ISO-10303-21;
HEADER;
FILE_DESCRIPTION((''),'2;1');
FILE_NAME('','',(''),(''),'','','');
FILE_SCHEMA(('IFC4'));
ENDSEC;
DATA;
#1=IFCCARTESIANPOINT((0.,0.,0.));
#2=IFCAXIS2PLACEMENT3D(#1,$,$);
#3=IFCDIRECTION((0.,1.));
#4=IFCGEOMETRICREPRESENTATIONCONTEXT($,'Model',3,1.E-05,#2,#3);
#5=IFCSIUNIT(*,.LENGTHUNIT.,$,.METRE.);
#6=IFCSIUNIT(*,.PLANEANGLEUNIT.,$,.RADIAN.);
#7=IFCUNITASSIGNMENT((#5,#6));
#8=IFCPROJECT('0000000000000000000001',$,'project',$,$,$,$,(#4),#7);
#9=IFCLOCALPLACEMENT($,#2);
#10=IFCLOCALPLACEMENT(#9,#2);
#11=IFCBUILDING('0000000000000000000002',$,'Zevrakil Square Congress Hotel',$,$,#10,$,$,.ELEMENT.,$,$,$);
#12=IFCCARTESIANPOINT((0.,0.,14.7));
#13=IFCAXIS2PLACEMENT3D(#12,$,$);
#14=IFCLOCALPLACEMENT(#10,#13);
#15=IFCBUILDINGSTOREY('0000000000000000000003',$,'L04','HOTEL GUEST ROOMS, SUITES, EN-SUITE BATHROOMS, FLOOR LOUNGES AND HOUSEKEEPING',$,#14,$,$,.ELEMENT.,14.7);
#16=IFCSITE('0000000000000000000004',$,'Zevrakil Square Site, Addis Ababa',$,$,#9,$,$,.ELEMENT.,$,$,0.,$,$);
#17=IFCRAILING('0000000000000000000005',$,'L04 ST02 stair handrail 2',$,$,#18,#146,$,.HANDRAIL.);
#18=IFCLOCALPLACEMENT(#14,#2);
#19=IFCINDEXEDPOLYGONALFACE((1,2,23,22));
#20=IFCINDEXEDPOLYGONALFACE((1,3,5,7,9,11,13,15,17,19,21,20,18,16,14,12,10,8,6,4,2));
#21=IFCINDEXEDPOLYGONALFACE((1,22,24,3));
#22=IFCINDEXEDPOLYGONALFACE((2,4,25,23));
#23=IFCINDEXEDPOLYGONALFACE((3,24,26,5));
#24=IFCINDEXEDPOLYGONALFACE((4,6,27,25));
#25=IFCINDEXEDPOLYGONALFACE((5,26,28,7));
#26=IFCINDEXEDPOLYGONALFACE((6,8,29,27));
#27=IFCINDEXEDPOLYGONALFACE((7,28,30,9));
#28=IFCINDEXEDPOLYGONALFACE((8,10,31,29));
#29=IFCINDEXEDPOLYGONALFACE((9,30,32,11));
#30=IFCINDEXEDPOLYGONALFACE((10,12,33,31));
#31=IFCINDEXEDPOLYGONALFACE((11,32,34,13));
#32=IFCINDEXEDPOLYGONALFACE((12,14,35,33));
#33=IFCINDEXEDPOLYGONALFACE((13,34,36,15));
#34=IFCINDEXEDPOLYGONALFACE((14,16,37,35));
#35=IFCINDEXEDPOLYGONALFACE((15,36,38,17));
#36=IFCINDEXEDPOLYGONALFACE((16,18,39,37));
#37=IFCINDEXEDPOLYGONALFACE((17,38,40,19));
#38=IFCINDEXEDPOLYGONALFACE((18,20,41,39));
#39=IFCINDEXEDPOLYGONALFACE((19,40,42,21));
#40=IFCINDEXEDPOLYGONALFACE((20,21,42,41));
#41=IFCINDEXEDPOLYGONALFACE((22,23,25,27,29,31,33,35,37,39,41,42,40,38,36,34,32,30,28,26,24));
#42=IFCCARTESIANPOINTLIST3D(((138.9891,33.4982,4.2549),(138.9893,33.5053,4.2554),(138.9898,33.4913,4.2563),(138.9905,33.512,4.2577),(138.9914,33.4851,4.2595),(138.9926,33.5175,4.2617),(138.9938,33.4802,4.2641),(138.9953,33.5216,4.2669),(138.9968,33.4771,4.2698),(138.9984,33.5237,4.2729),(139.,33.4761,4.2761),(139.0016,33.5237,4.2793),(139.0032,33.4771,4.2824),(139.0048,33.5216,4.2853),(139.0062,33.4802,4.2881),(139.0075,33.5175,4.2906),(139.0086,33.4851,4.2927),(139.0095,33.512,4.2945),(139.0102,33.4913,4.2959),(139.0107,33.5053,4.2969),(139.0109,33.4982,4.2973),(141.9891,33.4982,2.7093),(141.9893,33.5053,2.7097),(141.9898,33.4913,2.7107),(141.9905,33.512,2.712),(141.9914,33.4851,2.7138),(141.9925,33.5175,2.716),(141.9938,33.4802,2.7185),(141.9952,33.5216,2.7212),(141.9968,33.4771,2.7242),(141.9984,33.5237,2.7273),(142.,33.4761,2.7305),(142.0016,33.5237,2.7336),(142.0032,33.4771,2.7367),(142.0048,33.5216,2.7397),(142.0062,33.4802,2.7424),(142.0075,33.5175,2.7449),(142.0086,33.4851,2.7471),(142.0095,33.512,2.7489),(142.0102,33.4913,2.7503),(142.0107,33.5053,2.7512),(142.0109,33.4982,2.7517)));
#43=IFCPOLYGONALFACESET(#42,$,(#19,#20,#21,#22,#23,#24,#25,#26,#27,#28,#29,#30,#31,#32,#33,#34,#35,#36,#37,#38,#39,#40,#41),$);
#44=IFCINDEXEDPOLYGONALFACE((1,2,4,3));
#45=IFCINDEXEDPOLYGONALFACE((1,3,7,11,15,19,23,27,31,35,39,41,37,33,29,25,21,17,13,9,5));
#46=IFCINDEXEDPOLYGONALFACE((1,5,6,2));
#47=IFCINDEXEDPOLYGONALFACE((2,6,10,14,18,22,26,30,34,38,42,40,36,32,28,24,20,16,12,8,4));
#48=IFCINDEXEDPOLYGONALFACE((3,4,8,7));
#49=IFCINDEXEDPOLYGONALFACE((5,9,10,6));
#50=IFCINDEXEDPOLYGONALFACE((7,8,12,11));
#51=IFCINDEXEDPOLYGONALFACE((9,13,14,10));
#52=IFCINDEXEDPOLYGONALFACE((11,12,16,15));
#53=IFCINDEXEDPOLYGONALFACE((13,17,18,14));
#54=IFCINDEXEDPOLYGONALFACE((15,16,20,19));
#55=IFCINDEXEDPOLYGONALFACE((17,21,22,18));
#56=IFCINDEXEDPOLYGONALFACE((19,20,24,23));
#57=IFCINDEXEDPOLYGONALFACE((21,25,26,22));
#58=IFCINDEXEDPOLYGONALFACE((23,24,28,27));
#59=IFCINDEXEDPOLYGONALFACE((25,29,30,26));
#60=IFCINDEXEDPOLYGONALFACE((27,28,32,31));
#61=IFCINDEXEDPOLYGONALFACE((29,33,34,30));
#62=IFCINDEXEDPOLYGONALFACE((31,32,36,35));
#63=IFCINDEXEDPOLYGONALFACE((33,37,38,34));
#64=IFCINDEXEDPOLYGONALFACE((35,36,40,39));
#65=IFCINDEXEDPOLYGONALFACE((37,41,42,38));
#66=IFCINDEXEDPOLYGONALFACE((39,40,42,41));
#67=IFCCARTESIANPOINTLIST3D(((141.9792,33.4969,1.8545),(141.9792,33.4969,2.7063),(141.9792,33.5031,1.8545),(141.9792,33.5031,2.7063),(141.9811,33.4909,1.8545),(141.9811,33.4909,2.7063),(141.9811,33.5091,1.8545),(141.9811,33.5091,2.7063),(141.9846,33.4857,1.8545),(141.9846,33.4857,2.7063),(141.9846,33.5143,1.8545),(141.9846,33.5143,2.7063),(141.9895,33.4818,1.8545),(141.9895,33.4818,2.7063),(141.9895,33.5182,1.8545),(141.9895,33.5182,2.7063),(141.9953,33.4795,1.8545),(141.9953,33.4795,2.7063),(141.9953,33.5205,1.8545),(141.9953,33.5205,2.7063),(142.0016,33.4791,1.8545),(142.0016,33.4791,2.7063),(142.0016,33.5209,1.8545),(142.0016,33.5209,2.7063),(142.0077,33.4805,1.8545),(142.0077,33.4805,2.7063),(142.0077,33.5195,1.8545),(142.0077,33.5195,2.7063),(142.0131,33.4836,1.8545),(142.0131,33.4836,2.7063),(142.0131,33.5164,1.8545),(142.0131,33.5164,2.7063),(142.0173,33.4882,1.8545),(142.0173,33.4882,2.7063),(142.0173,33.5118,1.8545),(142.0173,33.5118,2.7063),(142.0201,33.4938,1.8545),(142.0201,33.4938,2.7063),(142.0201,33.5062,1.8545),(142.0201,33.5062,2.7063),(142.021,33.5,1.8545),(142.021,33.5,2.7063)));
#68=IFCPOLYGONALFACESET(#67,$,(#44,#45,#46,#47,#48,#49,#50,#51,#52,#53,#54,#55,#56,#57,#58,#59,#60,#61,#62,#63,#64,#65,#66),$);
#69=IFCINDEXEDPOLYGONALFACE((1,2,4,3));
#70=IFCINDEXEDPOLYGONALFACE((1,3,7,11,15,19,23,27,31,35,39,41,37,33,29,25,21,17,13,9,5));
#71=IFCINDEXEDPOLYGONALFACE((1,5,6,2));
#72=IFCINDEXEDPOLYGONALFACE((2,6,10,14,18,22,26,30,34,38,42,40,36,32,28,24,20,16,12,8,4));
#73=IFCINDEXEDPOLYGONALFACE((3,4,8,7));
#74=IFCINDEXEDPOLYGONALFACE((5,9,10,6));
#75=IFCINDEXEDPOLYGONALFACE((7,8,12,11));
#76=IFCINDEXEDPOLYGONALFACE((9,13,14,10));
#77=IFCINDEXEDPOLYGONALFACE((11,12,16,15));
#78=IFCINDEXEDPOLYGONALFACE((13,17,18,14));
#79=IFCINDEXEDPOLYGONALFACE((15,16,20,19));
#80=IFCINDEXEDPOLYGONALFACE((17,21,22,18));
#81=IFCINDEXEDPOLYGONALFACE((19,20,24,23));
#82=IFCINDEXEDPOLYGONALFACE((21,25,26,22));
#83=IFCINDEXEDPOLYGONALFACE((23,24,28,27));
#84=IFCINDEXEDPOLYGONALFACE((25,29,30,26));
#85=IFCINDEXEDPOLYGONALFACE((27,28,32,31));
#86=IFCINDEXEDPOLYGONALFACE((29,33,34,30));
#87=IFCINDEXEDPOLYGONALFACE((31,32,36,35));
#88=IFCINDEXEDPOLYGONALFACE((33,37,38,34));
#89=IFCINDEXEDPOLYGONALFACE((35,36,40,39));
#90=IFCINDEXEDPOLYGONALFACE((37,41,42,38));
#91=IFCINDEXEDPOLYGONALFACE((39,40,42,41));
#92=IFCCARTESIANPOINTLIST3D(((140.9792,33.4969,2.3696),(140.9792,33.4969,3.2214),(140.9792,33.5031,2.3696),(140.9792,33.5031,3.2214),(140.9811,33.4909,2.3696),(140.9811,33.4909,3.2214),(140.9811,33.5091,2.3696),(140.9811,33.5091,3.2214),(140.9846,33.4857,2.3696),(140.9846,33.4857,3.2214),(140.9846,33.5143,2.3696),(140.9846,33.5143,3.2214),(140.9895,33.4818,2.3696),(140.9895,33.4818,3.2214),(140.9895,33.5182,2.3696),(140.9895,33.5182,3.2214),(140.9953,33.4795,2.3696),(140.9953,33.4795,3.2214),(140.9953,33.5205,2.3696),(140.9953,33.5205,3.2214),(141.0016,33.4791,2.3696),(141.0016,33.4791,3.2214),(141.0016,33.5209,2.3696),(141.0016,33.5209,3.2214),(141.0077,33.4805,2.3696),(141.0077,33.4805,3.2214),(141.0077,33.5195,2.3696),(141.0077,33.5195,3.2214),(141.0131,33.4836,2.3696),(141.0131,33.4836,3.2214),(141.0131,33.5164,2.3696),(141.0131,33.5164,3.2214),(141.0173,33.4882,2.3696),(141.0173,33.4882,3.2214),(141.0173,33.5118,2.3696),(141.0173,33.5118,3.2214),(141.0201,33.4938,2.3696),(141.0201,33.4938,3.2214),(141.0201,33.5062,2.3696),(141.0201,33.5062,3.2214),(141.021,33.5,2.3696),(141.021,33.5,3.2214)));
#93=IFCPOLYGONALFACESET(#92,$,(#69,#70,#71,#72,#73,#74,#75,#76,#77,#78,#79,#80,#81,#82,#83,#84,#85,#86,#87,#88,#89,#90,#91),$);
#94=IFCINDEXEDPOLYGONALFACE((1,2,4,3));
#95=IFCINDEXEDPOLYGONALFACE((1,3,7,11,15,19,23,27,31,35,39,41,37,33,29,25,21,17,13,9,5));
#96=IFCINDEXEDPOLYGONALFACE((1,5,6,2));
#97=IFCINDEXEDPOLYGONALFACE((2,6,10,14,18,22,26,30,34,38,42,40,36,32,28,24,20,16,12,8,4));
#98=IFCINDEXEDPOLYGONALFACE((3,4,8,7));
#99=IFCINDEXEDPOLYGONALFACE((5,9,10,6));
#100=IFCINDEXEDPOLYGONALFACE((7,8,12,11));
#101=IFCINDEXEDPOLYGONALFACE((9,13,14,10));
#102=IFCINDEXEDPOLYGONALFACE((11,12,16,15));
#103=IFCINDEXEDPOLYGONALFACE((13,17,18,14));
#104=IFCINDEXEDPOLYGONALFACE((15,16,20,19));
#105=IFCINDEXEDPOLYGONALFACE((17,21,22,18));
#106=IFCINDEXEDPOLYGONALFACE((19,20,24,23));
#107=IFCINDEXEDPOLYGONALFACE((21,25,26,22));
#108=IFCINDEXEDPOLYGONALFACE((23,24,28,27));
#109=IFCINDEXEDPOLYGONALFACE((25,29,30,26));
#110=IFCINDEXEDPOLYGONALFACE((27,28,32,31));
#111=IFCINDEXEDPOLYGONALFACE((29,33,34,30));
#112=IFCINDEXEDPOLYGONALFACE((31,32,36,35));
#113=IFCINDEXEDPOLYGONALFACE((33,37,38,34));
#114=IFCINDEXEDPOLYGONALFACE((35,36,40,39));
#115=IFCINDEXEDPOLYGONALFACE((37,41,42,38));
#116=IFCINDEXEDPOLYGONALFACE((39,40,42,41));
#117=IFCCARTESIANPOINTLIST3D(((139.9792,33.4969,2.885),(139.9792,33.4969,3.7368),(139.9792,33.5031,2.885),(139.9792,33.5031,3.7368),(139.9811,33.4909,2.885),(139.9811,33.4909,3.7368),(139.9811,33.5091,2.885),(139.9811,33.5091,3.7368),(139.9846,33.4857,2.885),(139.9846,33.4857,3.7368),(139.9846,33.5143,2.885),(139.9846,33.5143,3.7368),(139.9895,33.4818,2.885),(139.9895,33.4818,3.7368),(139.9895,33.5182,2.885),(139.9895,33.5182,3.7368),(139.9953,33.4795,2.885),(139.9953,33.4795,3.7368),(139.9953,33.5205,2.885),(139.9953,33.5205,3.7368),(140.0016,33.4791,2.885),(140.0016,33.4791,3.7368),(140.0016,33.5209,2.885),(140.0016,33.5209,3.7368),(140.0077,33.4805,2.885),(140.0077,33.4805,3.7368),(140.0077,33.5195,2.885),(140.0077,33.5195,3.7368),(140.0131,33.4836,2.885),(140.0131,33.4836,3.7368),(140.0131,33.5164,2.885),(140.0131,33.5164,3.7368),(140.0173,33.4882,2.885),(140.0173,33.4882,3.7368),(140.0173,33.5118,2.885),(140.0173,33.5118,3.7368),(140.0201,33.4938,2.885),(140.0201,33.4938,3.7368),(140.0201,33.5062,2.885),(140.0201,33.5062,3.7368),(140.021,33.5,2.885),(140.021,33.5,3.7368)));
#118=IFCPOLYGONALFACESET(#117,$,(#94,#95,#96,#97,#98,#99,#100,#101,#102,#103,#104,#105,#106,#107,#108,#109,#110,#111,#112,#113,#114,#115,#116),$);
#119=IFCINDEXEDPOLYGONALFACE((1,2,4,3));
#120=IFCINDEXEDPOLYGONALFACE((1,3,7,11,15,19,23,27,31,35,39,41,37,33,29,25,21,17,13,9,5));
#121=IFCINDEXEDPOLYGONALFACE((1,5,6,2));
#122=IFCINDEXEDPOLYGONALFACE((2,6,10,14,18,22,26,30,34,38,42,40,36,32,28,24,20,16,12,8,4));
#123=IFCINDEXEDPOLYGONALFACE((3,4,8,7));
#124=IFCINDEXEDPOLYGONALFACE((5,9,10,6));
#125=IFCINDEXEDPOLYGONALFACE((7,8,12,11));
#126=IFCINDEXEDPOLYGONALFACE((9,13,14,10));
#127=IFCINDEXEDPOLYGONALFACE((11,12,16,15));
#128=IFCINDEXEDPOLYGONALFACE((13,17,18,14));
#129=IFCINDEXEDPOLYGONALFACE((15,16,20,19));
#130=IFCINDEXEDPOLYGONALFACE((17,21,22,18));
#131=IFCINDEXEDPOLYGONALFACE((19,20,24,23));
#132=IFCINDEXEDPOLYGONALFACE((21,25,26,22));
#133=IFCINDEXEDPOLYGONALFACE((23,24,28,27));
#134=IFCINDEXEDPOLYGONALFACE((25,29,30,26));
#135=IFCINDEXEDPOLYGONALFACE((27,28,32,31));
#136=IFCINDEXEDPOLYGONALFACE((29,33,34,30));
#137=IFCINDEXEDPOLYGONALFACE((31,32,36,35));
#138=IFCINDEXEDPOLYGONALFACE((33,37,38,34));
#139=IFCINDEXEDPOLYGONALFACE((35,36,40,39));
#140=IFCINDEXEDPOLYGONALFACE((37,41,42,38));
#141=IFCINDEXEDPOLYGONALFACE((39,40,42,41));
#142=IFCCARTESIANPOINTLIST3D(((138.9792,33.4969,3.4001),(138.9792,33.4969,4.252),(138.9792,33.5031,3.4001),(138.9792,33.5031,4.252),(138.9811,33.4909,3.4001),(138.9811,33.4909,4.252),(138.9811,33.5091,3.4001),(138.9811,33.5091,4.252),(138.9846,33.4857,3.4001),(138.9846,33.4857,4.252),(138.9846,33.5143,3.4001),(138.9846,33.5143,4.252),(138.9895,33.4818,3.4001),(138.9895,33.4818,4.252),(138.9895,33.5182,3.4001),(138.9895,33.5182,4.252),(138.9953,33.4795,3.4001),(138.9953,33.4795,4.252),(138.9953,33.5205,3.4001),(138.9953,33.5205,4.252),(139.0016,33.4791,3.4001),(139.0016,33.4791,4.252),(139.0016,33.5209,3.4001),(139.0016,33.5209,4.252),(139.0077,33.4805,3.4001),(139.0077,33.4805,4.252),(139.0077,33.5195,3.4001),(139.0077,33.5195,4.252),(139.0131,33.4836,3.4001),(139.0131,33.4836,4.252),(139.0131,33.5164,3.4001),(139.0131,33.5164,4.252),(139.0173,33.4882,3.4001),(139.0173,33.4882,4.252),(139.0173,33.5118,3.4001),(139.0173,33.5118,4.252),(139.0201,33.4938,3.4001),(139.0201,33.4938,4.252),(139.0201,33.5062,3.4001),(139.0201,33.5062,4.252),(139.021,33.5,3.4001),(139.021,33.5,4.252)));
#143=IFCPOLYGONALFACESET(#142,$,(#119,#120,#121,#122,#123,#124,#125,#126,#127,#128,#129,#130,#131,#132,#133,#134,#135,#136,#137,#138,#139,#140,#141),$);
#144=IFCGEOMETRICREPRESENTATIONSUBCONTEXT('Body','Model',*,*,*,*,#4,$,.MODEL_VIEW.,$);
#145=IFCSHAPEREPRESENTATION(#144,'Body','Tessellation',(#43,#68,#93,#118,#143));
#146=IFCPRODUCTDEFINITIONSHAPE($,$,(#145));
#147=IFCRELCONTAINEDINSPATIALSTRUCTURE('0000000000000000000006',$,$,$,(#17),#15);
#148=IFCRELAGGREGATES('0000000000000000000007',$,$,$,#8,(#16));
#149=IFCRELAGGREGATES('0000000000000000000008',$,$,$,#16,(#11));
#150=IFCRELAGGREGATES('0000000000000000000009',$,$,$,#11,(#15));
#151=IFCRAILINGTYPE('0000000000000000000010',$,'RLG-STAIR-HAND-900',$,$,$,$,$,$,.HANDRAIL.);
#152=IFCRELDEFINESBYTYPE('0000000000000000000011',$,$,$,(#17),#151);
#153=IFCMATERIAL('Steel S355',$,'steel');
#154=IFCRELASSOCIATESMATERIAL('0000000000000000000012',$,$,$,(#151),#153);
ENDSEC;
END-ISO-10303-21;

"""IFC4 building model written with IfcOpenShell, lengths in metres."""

from ifc_helpers import new_model, si_unit, direction, frame, origin, origin_2d, place, context, subcontext, project, spatial, circle, extrude, material, type_object, element, save


model = new_model("IFC4")

# Units and contexts
model_context = context("Model", 3, precision=1e-05, world=origin(), true_north=direction((0.0, 1.0)))
body_context = subcontext(model_context, "Body", "Model", "MODEL_VIEW")
ifc_project = project(units=[si_unit("LENGTHUNIT", "METRE"), si_unit("PLANEANGLEUNIT", "RADIAN")], contexts=[model_context])

# Site, building, storey
site_placement = place(None, origin())
site = spatial("IfcSite", under=ifc_project, at=site_placement, Name="Zevrakil Square Site, Addis Ababa", CompositionType="ELEMENT", RefElevation=0.0)
building_placement = place(site_placement, origin())
building = spatial("IfcBuilding", under=site, at=building_placement, Name="Zevrakil Square Congress Hotel", CompositionType="ELEMENT")
storey_placement = place(building_placement, frame((0.0, 0.0, 14.7)))
storey = spatial("IfcBuildingStorey", under=building, at=storey_placement, Name="L04", Description="HOTEL GUEST ROOMS, SUITES, EN-SUITE BATHROOMS, FLOOR LOUNGES AND HOUSEKEEPING", CompositionType="ELEMENT", Elevation=14.7)

# Railing
ifc_material_1 = material(Name="Steel S355", Category="steel")
railing_type_1 = type_object("IfcRailingType", Name="RLG-STAIR-HAND-900", PredefinedType="HANDRAIL", material=ifc_material_1)
railing_1_placement = place(storey_placement, frame((142.0, 33.5, 1.8545)))
element("IfcRailing", 1, at=railing_1_placement, inside=storey, type_object=railing_type_1, Name="L04 ST02 stair handrail 2", PredefinedType="HANDRAIL", context=body_context, shape_type="SweptSolid", body=[
    extrude(circle(Radius=0.0239, at=origin_2d()), frame((0.0, 0.0, 0.876), z_axis=(-0.88895, 0.0, 0.458003), x_axis=(0.0, -1.0, 0.0)), (0.0, 0.0, 1.0), 3.3748),
    extrude(circle(Radius=0.021, at=origin_2d()), origin(), (0.0, 0.0, 1.0), 0.8518),
    extrude(circle(Radius=0.021, at=origin_2d()), frame((-1.0, 0.0, 0.5151)), (0.0, 0.0, 1.0), 0.8518),
    extrude(circle(Radius=0.021, at=origin_2d()), frame((-2.0, 0.0, 1.0305)), (0.0, 0.0, 1.0), 0.8518),
    extrude(circle(Radius=0.021, at=origin_2d()), frame((-3.0, 0.0, 1.5457)), (0.0, 0.0, 1.0), 0.8518),
])

save(model, "model.ifc")
